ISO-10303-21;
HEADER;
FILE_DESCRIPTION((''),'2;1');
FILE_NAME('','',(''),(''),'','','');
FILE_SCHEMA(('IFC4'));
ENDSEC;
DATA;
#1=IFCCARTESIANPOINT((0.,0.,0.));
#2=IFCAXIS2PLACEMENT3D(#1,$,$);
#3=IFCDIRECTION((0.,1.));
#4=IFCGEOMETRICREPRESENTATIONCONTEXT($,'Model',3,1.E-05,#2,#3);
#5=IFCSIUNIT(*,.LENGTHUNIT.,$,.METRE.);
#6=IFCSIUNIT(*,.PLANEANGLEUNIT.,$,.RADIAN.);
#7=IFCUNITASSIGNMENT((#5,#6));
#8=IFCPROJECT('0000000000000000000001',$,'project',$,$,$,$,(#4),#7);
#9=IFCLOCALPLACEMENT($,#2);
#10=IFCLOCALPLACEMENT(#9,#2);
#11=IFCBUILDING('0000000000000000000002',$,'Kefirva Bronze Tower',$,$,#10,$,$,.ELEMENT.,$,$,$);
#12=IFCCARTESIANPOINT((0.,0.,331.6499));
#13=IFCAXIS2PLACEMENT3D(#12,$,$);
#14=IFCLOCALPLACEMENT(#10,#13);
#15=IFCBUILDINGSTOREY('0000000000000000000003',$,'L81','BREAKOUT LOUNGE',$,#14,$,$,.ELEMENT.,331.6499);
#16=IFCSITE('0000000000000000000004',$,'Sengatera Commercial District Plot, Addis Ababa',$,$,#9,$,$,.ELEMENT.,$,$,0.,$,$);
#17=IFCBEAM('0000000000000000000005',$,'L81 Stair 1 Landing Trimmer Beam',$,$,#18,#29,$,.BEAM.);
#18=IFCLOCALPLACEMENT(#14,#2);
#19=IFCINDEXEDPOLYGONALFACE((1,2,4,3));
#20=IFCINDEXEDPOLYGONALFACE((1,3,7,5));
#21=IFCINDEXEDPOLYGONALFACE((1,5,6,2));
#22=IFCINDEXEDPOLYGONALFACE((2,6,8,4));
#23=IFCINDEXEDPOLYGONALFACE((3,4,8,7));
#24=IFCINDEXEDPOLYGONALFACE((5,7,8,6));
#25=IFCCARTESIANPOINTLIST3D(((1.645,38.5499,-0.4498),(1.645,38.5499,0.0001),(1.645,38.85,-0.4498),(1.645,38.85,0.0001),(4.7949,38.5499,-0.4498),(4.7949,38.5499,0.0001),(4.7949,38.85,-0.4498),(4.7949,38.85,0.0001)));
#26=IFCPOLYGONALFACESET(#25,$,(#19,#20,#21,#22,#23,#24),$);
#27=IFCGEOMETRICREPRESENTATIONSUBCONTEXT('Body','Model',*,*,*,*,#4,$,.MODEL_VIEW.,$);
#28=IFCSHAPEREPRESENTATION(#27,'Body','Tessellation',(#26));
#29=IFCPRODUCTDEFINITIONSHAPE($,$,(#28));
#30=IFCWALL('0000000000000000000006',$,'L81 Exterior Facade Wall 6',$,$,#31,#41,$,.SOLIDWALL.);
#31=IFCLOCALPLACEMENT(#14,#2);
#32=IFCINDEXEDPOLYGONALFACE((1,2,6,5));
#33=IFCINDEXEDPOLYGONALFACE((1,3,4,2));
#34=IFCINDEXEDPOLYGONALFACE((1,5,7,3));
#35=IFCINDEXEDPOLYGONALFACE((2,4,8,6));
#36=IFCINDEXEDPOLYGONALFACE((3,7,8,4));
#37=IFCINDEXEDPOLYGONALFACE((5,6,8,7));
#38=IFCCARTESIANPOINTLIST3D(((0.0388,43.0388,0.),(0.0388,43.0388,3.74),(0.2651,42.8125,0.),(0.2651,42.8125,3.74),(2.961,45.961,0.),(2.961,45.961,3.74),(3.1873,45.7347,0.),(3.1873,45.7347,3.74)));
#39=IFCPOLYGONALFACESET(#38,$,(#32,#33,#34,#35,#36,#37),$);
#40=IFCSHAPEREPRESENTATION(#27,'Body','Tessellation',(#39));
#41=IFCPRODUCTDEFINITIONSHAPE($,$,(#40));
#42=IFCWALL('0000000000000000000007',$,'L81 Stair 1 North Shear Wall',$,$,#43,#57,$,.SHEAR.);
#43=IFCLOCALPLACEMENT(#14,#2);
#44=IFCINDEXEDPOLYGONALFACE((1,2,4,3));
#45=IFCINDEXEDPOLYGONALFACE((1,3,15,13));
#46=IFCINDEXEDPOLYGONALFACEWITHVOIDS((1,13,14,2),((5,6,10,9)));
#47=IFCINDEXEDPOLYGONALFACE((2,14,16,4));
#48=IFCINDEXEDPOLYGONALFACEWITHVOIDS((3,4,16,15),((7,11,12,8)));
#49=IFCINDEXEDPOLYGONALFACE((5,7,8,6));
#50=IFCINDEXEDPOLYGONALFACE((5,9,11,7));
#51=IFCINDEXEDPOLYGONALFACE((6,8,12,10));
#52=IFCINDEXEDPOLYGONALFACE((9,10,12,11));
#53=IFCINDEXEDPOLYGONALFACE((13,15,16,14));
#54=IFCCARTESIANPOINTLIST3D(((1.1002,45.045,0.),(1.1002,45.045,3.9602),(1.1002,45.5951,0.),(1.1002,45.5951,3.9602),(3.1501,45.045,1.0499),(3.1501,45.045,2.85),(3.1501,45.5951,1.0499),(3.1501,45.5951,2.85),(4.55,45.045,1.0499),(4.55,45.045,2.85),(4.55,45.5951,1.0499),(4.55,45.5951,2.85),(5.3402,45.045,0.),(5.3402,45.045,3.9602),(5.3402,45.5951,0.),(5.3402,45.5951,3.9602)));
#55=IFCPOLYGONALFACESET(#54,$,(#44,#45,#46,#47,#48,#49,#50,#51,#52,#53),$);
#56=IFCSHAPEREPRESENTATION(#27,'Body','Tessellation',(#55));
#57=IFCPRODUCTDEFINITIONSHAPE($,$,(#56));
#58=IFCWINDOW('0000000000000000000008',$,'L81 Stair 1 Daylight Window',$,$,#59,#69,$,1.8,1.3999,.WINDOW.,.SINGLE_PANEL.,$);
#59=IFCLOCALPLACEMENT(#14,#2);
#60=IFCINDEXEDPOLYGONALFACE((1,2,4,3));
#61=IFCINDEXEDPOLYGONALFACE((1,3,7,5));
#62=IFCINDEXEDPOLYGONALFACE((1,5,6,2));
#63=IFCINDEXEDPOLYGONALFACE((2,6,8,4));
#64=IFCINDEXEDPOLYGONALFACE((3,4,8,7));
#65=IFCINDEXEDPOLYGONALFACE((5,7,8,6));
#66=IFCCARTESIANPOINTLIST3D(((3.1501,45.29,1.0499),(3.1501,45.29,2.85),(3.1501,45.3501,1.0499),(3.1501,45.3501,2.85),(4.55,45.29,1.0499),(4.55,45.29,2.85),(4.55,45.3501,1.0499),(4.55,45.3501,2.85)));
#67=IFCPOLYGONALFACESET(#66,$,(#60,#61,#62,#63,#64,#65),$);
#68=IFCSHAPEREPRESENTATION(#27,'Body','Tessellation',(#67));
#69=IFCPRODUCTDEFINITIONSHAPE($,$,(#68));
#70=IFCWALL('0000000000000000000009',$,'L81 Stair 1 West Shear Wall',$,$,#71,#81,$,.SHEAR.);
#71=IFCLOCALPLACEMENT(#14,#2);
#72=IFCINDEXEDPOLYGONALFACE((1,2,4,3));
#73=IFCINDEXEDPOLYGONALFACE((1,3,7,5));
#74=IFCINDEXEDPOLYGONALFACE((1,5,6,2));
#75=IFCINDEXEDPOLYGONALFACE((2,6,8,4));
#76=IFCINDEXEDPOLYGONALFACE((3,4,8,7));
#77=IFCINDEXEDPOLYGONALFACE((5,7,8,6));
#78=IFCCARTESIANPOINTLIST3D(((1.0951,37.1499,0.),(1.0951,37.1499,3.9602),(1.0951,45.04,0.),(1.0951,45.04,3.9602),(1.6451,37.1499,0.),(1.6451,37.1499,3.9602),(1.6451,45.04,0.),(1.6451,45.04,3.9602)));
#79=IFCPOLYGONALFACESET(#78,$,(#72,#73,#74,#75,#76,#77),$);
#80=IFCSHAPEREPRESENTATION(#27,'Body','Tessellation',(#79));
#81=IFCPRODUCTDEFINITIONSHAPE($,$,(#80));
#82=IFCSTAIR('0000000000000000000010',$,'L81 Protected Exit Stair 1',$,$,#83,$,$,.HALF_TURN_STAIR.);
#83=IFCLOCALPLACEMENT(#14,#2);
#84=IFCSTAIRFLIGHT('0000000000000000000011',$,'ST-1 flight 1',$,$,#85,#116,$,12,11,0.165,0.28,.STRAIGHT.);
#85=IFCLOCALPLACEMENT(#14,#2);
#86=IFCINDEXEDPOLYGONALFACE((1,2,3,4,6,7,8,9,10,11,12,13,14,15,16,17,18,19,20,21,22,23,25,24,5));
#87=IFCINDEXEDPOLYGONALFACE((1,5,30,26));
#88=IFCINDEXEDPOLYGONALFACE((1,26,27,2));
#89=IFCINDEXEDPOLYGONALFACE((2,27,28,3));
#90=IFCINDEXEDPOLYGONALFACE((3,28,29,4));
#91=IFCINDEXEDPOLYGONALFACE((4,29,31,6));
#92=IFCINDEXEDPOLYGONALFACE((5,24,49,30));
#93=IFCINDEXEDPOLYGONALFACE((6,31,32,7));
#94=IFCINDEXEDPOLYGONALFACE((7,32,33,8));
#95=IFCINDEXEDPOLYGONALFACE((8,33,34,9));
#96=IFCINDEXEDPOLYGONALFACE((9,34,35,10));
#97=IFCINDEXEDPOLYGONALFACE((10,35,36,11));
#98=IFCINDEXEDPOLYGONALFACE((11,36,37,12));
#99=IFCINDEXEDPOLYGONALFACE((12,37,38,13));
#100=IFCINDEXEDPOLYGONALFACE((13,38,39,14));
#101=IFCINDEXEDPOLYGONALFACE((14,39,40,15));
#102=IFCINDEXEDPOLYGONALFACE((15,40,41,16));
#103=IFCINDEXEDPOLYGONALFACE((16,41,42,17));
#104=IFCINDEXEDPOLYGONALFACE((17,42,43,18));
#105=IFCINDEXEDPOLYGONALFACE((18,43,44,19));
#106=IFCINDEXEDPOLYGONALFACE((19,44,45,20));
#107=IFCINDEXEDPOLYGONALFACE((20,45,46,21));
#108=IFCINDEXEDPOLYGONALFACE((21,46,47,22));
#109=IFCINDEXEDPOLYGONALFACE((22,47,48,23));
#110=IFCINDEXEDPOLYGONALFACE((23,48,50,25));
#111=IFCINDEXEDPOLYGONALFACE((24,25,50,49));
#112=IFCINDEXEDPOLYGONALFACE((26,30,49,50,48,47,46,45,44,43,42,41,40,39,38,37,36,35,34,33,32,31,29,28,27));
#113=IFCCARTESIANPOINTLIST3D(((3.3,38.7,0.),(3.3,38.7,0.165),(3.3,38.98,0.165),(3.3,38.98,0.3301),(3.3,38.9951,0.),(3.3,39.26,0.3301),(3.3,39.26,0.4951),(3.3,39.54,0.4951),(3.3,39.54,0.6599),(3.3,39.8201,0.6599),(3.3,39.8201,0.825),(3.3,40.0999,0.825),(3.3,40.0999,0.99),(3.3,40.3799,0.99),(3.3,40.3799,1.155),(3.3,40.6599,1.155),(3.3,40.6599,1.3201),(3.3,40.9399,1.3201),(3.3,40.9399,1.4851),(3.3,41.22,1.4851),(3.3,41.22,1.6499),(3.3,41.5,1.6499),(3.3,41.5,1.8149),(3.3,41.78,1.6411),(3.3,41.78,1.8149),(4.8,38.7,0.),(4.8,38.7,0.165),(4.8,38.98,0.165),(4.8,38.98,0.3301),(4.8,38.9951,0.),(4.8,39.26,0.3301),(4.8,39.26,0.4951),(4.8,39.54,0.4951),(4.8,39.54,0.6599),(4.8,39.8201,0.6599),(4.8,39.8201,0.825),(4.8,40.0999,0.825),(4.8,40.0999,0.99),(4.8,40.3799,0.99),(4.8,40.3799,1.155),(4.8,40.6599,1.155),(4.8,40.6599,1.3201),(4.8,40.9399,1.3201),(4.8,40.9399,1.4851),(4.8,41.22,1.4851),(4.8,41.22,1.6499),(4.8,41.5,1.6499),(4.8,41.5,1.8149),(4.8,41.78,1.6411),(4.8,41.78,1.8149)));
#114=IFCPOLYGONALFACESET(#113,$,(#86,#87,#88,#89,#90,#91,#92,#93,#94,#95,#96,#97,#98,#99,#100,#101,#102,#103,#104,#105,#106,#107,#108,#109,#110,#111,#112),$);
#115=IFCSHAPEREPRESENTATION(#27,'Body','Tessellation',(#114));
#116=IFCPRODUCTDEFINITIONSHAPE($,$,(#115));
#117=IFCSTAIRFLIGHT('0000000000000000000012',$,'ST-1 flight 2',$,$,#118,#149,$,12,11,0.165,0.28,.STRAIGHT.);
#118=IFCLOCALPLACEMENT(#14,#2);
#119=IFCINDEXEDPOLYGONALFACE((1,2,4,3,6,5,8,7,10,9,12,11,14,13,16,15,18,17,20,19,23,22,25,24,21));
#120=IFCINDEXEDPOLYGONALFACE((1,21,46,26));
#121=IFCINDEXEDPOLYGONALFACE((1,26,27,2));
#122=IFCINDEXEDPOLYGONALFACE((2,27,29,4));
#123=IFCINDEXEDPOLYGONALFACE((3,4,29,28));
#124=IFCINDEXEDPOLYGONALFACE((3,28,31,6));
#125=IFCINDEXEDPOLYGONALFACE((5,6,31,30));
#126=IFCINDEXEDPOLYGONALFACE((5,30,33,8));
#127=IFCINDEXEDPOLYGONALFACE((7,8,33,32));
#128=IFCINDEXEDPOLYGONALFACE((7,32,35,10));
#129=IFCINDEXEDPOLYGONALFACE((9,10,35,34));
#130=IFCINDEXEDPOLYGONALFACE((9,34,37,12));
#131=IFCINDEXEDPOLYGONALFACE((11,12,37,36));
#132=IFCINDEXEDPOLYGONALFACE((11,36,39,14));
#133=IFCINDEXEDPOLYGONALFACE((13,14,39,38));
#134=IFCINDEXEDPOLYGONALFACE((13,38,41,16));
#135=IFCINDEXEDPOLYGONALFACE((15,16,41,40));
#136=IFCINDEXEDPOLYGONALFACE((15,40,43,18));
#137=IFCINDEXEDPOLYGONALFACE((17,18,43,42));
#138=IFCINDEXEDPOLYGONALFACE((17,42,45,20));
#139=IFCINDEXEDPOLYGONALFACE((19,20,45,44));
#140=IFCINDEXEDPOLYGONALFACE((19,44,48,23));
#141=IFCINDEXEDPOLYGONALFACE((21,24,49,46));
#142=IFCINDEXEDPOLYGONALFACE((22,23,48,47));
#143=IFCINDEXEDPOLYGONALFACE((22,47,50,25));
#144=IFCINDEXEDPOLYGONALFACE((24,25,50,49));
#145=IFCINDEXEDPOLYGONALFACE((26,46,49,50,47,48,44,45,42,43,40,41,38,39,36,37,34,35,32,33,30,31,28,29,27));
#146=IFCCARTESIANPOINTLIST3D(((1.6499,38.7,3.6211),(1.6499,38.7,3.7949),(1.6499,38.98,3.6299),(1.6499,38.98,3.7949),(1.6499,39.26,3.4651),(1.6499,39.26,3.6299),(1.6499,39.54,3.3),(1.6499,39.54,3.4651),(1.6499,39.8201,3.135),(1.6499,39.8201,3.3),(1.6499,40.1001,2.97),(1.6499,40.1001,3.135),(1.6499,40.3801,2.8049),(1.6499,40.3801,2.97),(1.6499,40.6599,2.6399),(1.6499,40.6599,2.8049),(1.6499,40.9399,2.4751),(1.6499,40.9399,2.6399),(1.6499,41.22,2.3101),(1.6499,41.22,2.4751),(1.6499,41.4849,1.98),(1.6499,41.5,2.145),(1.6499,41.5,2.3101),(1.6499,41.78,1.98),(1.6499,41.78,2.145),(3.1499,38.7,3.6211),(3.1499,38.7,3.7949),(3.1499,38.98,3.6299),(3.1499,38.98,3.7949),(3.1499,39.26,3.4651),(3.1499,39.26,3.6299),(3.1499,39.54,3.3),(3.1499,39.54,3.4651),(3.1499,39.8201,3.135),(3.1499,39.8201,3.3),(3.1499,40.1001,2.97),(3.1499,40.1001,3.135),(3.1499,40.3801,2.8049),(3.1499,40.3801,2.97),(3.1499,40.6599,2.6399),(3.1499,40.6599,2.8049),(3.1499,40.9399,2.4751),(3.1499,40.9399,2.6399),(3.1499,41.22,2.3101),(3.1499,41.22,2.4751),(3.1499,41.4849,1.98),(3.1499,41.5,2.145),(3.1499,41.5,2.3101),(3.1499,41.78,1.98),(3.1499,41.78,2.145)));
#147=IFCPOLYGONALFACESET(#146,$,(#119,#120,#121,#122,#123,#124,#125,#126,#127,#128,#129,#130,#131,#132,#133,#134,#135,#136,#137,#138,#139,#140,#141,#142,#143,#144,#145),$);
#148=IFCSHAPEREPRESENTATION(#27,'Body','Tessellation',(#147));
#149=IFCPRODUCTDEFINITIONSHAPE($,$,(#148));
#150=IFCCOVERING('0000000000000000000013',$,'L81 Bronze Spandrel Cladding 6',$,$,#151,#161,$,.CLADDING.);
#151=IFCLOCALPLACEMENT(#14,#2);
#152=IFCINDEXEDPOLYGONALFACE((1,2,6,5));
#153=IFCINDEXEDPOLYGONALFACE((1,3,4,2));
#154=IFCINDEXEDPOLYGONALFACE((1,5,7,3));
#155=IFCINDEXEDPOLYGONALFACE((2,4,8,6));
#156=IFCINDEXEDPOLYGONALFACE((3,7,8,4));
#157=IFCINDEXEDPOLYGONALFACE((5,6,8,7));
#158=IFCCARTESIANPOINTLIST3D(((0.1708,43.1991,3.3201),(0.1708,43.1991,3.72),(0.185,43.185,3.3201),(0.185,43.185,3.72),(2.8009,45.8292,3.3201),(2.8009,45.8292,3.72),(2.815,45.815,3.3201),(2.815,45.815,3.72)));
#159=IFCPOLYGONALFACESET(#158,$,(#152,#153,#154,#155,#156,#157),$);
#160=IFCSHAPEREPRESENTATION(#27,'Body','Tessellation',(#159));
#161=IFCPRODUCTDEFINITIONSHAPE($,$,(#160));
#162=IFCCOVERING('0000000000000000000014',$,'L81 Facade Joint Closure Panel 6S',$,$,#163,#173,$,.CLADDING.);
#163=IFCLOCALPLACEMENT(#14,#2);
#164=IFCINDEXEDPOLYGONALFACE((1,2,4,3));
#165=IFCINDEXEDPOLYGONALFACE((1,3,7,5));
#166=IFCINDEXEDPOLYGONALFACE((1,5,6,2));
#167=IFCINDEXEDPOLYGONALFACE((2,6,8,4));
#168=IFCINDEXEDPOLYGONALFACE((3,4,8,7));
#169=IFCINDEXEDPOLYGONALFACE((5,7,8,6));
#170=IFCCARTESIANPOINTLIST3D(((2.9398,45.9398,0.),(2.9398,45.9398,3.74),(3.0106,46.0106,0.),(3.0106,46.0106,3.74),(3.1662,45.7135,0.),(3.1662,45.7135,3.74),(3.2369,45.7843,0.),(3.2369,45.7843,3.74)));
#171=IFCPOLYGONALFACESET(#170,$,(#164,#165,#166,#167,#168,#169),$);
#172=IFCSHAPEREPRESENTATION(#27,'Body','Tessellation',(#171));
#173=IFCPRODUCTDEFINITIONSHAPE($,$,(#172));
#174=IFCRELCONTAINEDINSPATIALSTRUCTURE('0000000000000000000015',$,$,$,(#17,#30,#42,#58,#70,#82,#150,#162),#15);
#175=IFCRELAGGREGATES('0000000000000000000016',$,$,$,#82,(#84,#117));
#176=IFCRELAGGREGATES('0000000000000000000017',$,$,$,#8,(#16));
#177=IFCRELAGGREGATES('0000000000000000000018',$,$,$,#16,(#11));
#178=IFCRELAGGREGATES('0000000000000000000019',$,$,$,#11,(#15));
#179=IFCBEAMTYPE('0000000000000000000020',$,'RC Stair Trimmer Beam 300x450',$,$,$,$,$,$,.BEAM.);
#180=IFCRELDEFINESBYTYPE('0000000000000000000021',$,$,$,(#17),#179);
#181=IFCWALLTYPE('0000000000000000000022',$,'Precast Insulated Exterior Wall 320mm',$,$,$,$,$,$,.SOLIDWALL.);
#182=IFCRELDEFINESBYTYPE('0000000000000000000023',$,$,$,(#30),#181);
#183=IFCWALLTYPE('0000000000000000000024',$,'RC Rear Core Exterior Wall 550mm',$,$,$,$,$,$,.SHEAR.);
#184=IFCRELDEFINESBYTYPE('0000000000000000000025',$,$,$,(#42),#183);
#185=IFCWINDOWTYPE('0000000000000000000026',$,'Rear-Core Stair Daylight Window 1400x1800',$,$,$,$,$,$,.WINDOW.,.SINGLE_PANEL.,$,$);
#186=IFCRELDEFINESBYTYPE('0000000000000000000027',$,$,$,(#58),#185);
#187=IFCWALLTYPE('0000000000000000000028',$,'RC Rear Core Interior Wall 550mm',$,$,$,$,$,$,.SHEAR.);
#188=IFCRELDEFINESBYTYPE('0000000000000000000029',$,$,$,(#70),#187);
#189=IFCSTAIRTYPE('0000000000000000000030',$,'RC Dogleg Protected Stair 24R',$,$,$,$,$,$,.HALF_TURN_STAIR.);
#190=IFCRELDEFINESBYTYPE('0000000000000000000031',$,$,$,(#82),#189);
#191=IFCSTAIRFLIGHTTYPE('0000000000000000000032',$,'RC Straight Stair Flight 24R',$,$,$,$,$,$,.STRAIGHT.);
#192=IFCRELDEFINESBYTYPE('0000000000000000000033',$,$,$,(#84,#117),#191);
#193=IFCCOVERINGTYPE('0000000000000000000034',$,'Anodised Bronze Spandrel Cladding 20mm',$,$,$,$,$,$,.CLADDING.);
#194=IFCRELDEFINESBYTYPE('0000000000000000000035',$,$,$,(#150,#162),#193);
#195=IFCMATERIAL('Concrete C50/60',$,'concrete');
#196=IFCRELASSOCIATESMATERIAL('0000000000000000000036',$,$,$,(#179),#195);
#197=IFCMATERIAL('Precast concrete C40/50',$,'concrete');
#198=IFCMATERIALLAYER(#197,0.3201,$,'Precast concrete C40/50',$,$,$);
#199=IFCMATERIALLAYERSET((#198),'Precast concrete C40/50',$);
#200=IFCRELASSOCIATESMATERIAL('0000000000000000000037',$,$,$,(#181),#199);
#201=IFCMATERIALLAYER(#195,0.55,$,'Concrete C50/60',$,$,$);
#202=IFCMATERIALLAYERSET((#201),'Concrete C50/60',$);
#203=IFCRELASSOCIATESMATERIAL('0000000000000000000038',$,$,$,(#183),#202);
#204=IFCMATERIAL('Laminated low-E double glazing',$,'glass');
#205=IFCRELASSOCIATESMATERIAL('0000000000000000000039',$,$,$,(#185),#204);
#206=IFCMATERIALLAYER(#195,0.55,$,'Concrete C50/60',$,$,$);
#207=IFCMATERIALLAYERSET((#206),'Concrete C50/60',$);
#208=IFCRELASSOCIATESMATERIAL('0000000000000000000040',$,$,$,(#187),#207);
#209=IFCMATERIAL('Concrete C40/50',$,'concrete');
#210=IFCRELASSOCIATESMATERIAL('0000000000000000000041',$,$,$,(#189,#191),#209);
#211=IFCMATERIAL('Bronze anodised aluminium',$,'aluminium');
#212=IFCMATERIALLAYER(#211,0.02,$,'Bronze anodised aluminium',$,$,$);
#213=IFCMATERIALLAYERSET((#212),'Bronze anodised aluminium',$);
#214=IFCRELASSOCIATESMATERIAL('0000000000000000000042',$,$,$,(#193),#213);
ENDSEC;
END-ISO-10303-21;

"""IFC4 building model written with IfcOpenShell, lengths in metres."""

from ifc_helpers import new_model, si_unit, direction, frame, frame_2d, origin, origin_2d, place, context, subcontext, project, spatial, polyline, rectangle, outline, extrude, material, layer, layer_set, material_profile, profile_set, type_object, element, fill, aggregate, save


model = new_model("IFC4")

# Units and contexts
model_context = context("Model", 3, precision=1e-05, world=origin(), true_north=direction((0.0, 1.0)))
body_context = subcontext(model_context, "Body", "Model", "MODEL_VIEW")
ifc_project = project(units=[si_unit("LENGTHUNIT", "METRE"), si_unit("PLANEANGLEUNIT", "RADIAN")], contexts=[model_context])

# Site, building, storey
site_placement = place(None, origin())
site = spatial("IfcSite", under=ifc_project, at=site_placement, Name="Sengatera Commercial District Plot, Addis Ababa", CompositionType="ELEMENT", RefElevation=0.0)
building_placement = place(site_placement, origin())
building = spatial("IfcBuilding", under=site, at=building_placement, Name="Kefirva Bronze Tower", CompositionType="ELEMENT")
storey_placement = place(building_placement, frame((0.0, 0.0, 331.6499)))
storey = spatial("IfcBuildingStorey", under=building, at=storey_placement, Name="L81", Description="BREAKOUT LOUNGE", CompositionType="ELEMENT", Elevation=331.6499)

# Beam
ifc_material_1 = material(Name="Concrete C50/60", Category="concrete")
ifc_material_profile = material_profile(ifc_material_1, rectangle(XDim=0.3, YDim=0.45, at=origin_2d()), Name="RC 300x450")
ifc_profile_set = profile_set([ifc_material_profile], Name="Concrete C50/60")
beam_type = type_object("IfcBeamType", Name="RC Stair Trimmer Beam 300x450", PredefinedType="BEAM", material=ifc_profile_set)
beam_placement = place(storey_placement, frame((1.645, 38.7, -0.2249), z_axis=(1.0, 0.0, 0.0), x_axis=(0.0, 1.0, 0.0)))
element("IfcBeam", 1, at=beam_placement, inside=storey, type_object=beam_type, Name="L81 Stair 1 Landing Trimmer Beam", PredefinedType="BEAM", context=body_context, shape_type="SweptSolid", body=[
    extrude(rectangle(XDim=0.3, YDim=0.45, at=origin_2d()), origin(), (0.0, 0.0, 1.0), 3.1499),
])

# Wall
ifc_material_2 = material(Name="Precast concrete C40/50", Category="concrete")
ifc_layer_1 = layer(ifc_material_2, 0.3201, Name="Precast concrete C40/50")
ifc_layer_set_1 = layer_set([ifc_layer_1], Name="Precast concrete C40/50")
wall_type_1 = type_object("IfcWallType", Name="Precast Insulated Exterior Wall 320mm", PredefinedType="SOLIDWALL", material=ifc_layer_set_1)
wall_1_placement = place(storey_placement, frame((3.0742, 45.8479, 0.0), z_axis=(0.0, 0.0, 1.0), x_axis=(-0.707107, -0.707107, 0.0)))
element("IfcWall", 2, at=wall_1_placement, inside=storey, type_object=wall_type_1, Name="L81 Exterior Facade Wall 6", PredefinedType="SOLIDWALL", context=body_context, shape_type="SweptSolid", body=[
    extrude(rectangle(XDim=4.1326, YDim=0.3201, at=frame_2d((2.0664, 0.0))), origin(), (0.0, 0.0, 1.0), 3.74),
])

# Wall, opening, window
ifc_layer_2 = layer(ifc_material_1, 0.55, Name="Concrete C50/60")
ifc_layer_set_2 = layer_set([ifc_layer_2], Name="Concrete C50/60")
wall_type_2 = type_object("IfcWallType", Name="RC Rear Core Exterior Wall 550mm", PredefinedType="SHEAR", material=ifc_layer_set_2)
wall_2_placement = place(storey_placement, frame((1.1001, 45.3201, 0.0), z_axis=(0.0, 0.0, 1.0), x_axis=(1.0, 0.0, 0.0)))
wall_2 = element("IfcWall", 3, at=wall_2_placement, inside=storey, type_object=wall_type_2, Name="L81 Stair 1 North Shear Wall", PredefinedType="SHEAR", context=body_context, shape_type="SweptSolid", body=[
    extrude(rectangle(XDim=4.24, YDim=0.55, at=frame_2d((2.1201, 0.0))), origin(), (0.0, 0.0, 1.0), 3.9602),
])
opening_1_placement = place(wall_2_placement, frame((2.05, 0.0, 1.05)))
opening_1 = element("IfcOpeningElement", 4, at=opening_1_placement, cuts=wall_2, PredefinedType="OPENING", context=body_context, shape_type="SweptSolid", body=[
    extrude(rectangle(XDim=1.3999, YDim=1.8, at=frame_2d((0.7, 0.8999))), frame((0.0, 0.2852, 0.0), z_axis=(0.0, -1.0, 0.0), x_axis=(1.0, 0.0, 0.0)), (0.0, 0.0, 1.0), 0.5701),
])
ifc_material_3 = material(Name="Laminated low-E double glazing", Category="glass")
window_type = type_object("IfcWindowType", Name="Rear-Core Stair Daylight Window 1400x1800", PartitioningType="SINGLE_PANEL", PredefinedType="WINDOW", material=ifc_material_3)
window_placement = place(opening_1_placement, origin())
window = element("IfcWindow", 5, at=window_placement, inside=storey, type_object=window_type, Name="L81 Stair 1 Daylight Window", OverallHeight=1.8, OverallWidth=1.3999, PartitioningType="SINGLE_PANEL", PredefinedType="WINDOW", context=body_context, shape_type="SweptSolid", body=[
    extrude(rectangle(XDim=1.3999, YDim=1.8, at=frame_2d((0.7, 0.8999))), frame((0.0, 0.03, 0.0), z_axis=(0.0, -1.0, 0.0), x_axis=(1.0, 0.0, 0.0)), (0.0, 0.0, 1.0), 0.0601),
])
fill(opening_1, window)

# Wall
ifc_layer_3 = layer(ifc_material_1, 0.55, Name="Concrete C50/60")
ifc_layer_set_3 = layer_set([ifc_layer_3], Name="Concrete C50/60")
wall_type_3 = type_object("IfcWallType", Name="RC Rear Core Interior Wall 550mm", PredefinedType="SHEAR", material=ifc_layer_set_3)
wall_3_placement = place(storey_placement, frame((1.3701, 37.1499, 0.0), z_axis=(0.0, 0.0, 1.0), x_axis=(0.0, 1.0, 0.0)))
element("IfcWall", 6, at=wall_3_placement, inside=storey, type_object=wall_type_3, Name="L81 Stair 1 West Shear Wall", PredefinedType="SHEAR", context=body_context, shape_type="SweptSolid", body=[
    extrude(rectangle(XDim=7.8901, YDim=0.55, at=frame_2d((3.9451, 0.0))), origin(), (0.0, 0.0, 1.0), 3.9602),
])

# Stair, stair flights
ifc_material_4 = material(Name="Concrete C40/50", Category="concrete")
stair_type = type_object("IfcStairType", Name="RC Dogleg Protected Stair 24R", PredefinedType="HALF_TURN_STAIR", material=ifc_material_4)
stair_placement = place(storey_placement, origin())
stair = element("IfcStair", 7, at=stair_placement, inside=storey, type_object=stair_type, Name="L81 Protected Exit Stair 1", PredefinedType="HALF_TURN_STAIR")
stair_flight_type = type_object("IfcStairFlightType", Name="RC Straight Stair Flight 24R", PredefinedType="STRAIGHT", material=ifc_material_4)
stair_flight_1_placement = place(storey_placement, frame((4.05, 38.7, 0.0), z_axis=(0.0, 0.0, 1.0), x_axis=(0.0, 1.0, 0.0)))
stair_flight_1 = element("IfcStairFlight", 8, at=stair_flight_1_placement, type_object=stair_flight_type, Name="ST-1 flight 1", NumberOfRisers=12, NumberOfTreads=11, PredefinedType="STRAIGHT", RiserHeight=0.165, TreadLength=0.28, context=body_context, shape_type="SweptSolid", body=[
    extrude(outline(polyline([(0.0, 0.0), (0.0, 0.165), (0.28, 0.165), (0.28, 0.3301), (0.5601, 0.3301), (0.5601, 0.4951), (0.8401, 0.4951), (0.8401, 0.6599), (1.1201, 0.6599), (1.1201, 0.825), (1.3999, 0.825), (1.3999, 0.99), (1.6799, 0.99), (1.6799, 1.155), (1.96, 1.155), (1.96, 1.3201), (2.24, 1.3201), (2.24, 1.4851), (2.52, 1.4851), (2.52, 1.6499), (2.8, 1.6499), (2.8, 1.8149), (3.0801, 1.8149), (3.0801, 1.98), (3.0801, 1.6411), (0.2952, 0.0), (0.0, 0.0)])), frame((0.0, 0.75, 0.0), z_axis=(0.0, -1.0, 0.0), x_axis=(1.0, 0.0, 0.0)), (0.0, 0.0, 1.0), 1.5),
])
stair_flight_2_placement = place(storey_placement, frame((2.3999, 41.78, 1.98), z_axis=(0.0, 0.0, 1.0), x_axis=(0.0, -1.0, 0.0)))
stair_flight_2 = element("IfcStairFlight", 9, at=stair_flight_2_placement, type_object=stair_flight_type, Name="ST-1 flight 2", NumberOfRisers=12, NumberOfTreads=11, PredefinedType="STRAIGHT", RiserHeight=0.165, TreadLength=0.28, context=body_context, shape_type="SweptSolid", body=[
    extrude(outline(polyline([(0.0, 0.0), (0.0, 0.165), (0.28, 0.165), (0.28, 0.3301), (0.5601, 0.3301), (0.5601, 0.4951), (0.8401, 0.4951), (0.8401, 0.6599), (1.1201, 0.6599), (1.1201, 0.825), (1.3999, 0.825), (1.3999, 0.99), (1.6799, 0.99), (1.6799, 1.155), (1.96, 1.155), (1.96, 1.3201), (2.24, 1.3201), (2.24, 1.4851), (2.52, 1.4851), (2.52, 1.6499), (2.8, 1.6499), (2.8, 1.8149), (3.0801, 1.8149), (3.0801, 1.98), (3.0801, 1.6411), (0.2952, 0.0), (0.0, 0.0)])), frame((0.0, 0.75, 0.0), z_axis=(0.0, -1.0, 0.0), x_axis=(1.0, 0.0, 0.0)), (0.0, 0.0, 1.0), 1.5),
])
aggregate(stair, [stair_flight_1, stair_flight_2])

# Coverings
ifc_material_5 = material(Name="Bronze anodised aluminium", Category="aluminium")
ifc_layer_4 = layer(ifc_material_5, 0.02, Name="Bronze anodised aluminium")
ifc_layer_set_4 = layer_set([ifc_layer_4], Name="Bronze anodised aluminium")
covering_type_1 = type_object("IfcCoveringType", Name="Anodised Bronze Spandrel Cladding 20mm", PredefinedType="CLADDING", material=ifc_layer_set_4)
covering_1_placement = place(storey_placement, frame((1.4929, 44.5071, 3.3201), z_axis=(0.0, 0.0, 1.0), x_axis=(-0.707107, -0.707107, 0.0)))
element("IfcCovering", 10, at=covering_1_placement, inside=storey, type_object=covering_type_1, Name="L81 Bronze Spandrel Cladding 6", PredefinedType="CLADDING", context=body_context, shape_type="SweptSolid", body=[
    extrude(rectangle(XDim=3.7195, YDim=0.02, at=origin_2d()), origin(), (0.0, 0.0, 1.0), 0.3999),
])
for number, where, z_axis, x_axis, name in (
    (11, (3.0884, 45.8621, 0.0), (0.0, 0.0, 1.0), (-0.707107, -0.707107, 0.0), "L81 Facade Joint Closure Panel 6S"),
):
    element("IfcCovering", number, at=place(storey_placement, frame(where, z_axis=z_axis, x_axis=x_axis)), inside=storey, type_object=covering_type_1, Name=name, PredefinedType="CLADDING", context=body_context, shape_type="SweptSolid", body=[
        extrude(rectangle(XDim=0.1001, YDim=0.3201, at=origin_2d()), origin(), (0.0, 0.0, 1.0), 3.74),
    ])

save(model, "model.ifc")
